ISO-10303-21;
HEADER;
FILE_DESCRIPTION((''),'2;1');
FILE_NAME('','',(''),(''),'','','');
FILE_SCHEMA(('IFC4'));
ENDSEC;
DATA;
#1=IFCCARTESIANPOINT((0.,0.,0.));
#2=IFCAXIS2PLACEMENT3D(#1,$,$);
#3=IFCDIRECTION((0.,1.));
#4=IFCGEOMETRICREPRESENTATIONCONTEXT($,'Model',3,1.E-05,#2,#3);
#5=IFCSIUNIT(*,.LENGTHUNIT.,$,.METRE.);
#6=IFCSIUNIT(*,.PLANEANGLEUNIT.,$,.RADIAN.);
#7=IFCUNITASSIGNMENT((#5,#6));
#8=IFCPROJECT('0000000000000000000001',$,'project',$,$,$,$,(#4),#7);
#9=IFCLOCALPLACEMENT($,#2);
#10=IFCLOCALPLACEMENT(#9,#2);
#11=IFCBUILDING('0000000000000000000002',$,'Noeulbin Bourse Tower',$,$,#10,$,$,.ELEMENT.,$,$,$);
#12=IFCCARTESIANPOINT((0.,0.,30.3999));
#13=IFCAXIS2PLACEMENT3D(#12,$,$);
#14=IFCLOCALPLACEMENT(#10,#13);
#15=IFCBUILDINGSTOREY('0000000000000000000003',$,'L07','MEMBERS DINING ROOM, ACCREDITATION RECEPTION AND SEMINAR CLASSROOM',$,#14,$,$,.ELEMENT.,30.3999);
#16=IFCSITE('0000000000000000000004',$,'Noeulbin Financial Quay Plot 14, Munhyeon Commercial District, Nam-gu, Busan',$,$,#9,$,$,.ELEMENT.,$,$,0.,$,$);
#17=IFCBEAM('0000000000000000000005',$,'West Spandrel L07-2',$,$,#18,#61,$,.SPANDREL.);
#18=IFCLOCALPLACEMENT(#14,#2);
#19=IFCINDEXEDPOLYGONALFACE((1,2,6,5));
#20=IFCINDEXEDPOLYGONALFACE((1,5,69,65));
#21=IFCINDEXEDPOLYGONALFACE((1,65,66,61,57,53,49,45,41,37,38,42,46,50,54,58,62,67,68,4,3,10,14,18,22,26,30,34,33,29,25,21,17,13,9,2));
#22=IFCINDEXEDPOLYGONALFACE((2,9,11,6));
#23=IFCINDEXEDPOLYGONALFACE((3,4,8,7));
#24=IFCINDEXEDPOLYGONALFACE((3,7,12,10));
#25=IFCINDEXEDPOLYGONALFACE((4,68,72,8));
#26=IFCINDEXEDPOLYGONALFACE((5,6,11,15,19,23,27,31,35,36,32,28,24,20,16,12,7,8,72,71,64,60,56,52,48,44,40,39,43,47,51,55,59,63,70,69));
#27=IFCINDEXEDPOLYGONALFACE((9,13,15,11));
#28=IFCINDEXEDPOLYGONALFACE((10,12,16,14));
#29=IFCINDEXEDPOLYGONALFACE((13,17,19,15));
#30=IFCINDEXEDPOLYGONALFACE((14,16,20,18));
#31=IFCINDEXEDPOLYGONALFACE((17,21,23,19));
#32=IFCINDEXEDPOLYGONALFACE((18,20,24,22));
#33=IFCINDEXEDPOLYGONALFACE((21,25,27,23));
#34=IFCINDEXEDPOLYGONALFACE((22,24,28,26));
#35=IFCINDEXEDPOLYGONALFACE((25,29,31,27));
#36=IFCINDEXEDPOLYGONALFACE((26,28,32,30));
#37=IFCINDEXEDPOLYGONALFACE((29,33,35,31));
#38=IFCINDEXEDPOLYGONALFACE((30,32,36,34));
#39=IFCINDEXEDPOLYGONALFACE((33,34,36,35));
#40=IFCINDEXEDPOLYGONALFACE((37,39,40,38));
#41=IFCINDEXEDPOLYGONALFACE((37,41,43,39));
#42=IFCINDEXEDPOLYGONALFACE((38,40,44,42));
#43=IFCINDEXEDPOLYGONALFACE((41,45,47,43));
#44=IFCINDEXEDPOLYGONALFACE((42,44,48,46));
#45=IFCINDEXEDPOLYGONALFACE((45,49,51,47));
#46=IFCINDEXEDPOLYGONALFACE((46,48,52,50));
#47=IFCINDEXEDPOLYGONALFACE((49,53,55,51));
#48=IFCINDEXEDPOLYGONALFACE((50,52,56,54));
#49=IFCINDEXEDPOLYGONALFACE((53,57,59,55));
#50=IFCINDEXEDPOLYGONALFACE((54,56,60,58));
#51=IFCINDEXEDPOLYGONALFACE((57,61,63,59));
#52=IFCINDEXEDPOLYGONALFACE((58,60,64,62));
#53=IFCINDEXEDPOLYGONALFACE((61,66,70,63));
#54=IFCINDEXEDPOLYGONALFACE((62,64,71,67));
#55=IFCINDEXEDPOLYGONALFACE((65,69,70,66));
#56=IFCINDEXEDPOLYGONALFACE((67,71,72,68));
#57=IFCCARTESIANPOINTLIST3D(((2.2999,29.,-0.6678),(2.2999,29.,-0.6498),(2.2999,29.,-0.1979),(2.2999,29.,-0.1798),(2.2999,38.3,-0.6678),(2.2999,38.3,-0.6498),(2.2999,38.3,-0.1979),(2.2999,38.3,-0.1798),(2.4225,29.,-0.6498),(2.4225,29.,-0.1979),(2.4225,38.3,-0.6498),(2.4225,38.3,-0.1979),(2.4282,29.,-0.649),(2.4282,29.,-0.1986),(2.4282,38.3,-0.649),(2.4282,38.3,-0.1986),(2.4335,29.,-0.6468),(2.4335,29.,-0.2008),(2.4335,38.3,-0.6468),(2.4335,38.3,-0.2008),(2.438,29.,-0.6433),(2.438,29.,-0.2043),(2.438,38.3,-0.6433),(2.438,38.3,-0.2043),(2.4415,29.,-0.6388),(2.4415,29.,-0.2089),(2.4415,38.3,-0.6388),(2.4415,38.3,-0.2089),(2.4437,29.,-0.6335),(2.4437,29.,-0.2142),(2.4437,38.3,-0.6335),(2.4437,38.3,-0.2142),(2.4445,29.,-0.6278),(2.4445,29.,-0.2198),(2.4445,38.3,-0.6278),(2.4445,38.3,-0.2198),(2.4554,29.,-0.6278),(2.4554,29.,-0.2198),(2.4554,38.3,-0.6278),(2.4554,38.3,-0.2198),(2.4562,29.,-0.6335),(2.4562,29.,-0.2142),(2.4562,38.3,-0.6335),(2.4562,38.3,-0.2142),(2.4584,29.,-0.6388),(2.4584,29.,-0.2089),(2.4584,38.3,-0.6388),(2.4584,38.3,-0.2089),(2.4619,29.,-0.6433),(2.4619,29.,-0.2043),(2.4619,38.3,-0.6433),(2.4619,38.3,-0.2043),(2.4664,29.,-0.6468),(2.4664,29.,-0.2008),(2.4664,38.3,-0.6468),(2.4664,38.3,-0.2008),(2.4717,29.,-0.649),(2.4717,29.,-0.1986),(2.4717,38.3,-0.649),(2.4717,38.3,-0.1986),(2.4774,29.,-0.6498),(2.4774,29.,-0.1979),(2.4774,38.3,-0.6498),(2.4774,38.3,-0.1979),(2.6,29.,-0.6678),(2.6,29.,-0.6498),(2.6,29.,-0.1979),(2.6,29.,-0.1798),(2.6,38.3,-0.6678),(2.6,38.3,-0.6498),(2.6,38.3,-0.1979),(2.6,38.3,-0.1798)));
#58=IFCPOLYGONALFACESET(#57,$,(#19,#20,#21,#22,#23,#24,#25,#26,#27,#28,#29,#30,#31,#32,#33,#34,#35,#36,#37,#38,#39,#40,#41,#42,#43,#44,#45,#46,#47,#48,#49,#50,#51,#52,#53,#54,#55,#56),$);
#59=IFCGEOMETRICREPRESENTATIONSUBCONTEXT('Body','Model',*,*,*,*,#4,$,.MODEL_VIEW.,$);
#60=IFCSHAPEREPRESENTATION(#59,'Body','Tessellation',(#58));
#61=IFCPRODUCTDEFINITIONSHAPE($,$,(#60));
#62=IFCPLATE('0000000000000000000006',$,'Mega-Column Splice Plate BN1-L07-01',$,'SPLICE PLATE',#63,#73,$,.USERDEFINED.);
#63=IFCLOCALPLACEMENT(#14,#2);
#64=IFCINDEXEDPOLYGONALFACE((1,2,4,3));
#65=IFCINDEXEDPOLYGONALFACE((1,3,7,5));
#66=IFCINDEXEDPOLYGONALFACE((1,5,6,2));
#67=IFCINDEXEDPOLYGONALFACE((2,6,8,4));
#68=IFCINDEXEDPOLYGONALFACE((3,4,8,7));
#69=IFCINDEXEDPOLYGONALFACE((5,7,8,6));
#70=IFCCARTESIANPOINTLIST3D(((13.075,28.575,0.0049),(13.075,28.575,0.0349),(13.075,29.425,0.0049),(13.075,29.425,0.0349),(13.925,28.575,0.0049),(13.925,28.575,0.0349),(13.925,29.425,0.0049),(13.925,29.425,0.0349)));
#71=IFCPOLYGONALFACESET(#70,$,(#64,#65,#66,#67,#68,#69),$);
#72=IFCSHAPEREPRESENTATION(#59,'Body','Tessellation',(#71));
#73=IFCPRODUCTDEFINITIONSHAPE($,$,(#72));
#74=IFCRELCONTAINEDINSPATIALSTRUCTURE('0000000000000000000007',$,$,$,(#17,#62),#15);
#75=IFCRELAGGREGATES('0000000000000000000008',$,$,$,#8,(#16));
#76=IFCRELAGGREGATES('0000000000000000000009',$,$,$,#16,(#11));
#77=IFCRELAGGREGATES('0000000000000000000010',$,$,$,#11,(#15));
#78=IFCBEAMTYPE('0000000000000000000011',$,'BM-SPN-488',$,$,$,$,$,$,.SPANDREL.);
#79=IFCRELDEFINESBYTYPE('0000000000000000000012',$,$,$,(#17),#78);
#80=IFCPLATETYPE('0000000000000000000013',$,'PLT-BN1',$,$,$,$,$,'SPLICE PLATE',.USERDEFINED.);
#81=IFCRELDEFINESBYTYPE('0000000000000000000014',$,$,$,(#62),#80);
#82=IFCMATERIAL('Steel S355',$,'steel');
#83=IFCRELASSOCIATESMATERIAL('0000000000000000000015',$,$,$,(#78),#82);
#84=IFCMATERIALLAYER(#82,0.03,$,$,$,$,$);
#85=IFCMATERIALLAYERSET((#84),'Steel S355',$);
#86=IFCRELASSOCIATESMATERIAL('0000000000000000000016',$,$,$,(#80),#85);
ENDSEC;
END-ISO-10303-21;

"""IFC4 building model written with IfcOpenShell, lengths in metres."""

from ifc_helpers import new_model, si_unit, direction, frame, origin, origin_2d, place, context, subcontext, project, spatial, rectangle, i_section, extrude, material, layer, layer_set, material_profile, profile_set, type_object, element, save


model = new_model("IFC4")

# Units and contexts
model_context = context("Model", 3, precision=1e-05, world=origin(), true_north=direction((0.0, 1.0)))
body_context = subcontext(model_context, "Body", "Model", "MODEL_VIEW")
ifc_project = project(units=[si_unit("LENGTHUNIT", "METRE"), si_unit("PLANEANGLEUNIT", "RADIAN")], contexts=[model_context])

# Site, building, storey
site_placement = place(None, origin())
site = spatial("IfcSite", under=ifc_project, at=site_placement, Name="Noeulbin Financial Quay Plot 14, Munhyeon Commercial District, Nam-gu, Busan", CompositionType="ELEMENT", RefElevation=0.0)
building_placement = place(site_placement, origin())
building = spatial("IfcBuilding", under=site, at=building_placement, Name="Noeulbin Bourse Tower", CompositionType="ELEMENT")
storey_placement = place(building_placement, frame((0.0, 0.0, 30.3999)))
storey = spatial("IfcBuildingStorey", under=building, at=storey_placement, Name="L07", Description="MEMBERS DINING ROOM, ACCREDITATION RECEPTION AND SEMINAR CLASSROOM", CompositionType="ELEMENT", Elevation=30.3999)

# Beam
ifc_material_1 = material(Name="Steel S355", Category="steel")
ifc_material_profile_1 = material_profile(ifc_material_1, i_section(OverallWidth=0.3, OverallDepth=0.488, WebThickness=0.011, FlangeThickness=0.0181, FilletRadius=0.022, at=origin_2d()), Name="H-488x300x11x18", Category="LoadBearing")
ifc_profile_set_1 = profile_set([ifc_material_profile_1], Name="Steel S355")
beam_type_1 = type_object("IfcBeamType", Name="BM-SPN-488", PredefinedType="SPANDREL", material=ifc_profile_set_1)
beam_1_placement = place(storey_placement, frame((2.45, 29.0, -0.4238), z_axis=(0.0, 1.0, 0.0), x_axis=(-1.0, 0.0, 0.0)))
element("IfcBeam", 1, at=beam_1_placement, inside=storey, type_object=beam_type_1, Name="West Spandrel L07-2", PredefinedType="SPANDREL", context=body_context, shape_type="SweptSolid", body=[
    extrude(i_section(OverallWidth=0.3, OverallDepth=0.488, WebThickness=0.011, FlangeThickness=0.0181, FilletRadius=0.022, at=origin_2d()), origin(), (0.0, 0.0, 1.0), 9.3),
])

# Plate
ifc_layer_1 = layer(ifc_material_1, 0.03)
ifc_layer_set_1 = layer_set([ifc_layer_1], Name="Steel S355")
plate_type = type_object("IfcPlateType", Name="PLT-BN1", ElementType="SPLICE PLATE", PredefinedType="USERDEFINED", material=ifc_layer_set_1)
plate_placement = place(storey_placement, frame((13.5, 29.0, 0.0049), z_axis=(0.0, 0.0, 1.0), x_axis=(1.0, 0.0, 0.0)))
element("IfcPlate", 2, at=plate_placement, inside=storey, type_object=plate_type, Name="Mega-Column Splice Plate BN1-L07-01", ObjectType="SPLICE PLATE", PredefinedType="USERDEFINED", context=body_context, shape_type="SweptSolid", body=[
    extrude(rectangle(XDim=0.8501, YDim=0.8501, at=origin_2d()), origin(), (0.0, 0.0, 1.0), 0.03),
])

save(model, "model.ifc")
